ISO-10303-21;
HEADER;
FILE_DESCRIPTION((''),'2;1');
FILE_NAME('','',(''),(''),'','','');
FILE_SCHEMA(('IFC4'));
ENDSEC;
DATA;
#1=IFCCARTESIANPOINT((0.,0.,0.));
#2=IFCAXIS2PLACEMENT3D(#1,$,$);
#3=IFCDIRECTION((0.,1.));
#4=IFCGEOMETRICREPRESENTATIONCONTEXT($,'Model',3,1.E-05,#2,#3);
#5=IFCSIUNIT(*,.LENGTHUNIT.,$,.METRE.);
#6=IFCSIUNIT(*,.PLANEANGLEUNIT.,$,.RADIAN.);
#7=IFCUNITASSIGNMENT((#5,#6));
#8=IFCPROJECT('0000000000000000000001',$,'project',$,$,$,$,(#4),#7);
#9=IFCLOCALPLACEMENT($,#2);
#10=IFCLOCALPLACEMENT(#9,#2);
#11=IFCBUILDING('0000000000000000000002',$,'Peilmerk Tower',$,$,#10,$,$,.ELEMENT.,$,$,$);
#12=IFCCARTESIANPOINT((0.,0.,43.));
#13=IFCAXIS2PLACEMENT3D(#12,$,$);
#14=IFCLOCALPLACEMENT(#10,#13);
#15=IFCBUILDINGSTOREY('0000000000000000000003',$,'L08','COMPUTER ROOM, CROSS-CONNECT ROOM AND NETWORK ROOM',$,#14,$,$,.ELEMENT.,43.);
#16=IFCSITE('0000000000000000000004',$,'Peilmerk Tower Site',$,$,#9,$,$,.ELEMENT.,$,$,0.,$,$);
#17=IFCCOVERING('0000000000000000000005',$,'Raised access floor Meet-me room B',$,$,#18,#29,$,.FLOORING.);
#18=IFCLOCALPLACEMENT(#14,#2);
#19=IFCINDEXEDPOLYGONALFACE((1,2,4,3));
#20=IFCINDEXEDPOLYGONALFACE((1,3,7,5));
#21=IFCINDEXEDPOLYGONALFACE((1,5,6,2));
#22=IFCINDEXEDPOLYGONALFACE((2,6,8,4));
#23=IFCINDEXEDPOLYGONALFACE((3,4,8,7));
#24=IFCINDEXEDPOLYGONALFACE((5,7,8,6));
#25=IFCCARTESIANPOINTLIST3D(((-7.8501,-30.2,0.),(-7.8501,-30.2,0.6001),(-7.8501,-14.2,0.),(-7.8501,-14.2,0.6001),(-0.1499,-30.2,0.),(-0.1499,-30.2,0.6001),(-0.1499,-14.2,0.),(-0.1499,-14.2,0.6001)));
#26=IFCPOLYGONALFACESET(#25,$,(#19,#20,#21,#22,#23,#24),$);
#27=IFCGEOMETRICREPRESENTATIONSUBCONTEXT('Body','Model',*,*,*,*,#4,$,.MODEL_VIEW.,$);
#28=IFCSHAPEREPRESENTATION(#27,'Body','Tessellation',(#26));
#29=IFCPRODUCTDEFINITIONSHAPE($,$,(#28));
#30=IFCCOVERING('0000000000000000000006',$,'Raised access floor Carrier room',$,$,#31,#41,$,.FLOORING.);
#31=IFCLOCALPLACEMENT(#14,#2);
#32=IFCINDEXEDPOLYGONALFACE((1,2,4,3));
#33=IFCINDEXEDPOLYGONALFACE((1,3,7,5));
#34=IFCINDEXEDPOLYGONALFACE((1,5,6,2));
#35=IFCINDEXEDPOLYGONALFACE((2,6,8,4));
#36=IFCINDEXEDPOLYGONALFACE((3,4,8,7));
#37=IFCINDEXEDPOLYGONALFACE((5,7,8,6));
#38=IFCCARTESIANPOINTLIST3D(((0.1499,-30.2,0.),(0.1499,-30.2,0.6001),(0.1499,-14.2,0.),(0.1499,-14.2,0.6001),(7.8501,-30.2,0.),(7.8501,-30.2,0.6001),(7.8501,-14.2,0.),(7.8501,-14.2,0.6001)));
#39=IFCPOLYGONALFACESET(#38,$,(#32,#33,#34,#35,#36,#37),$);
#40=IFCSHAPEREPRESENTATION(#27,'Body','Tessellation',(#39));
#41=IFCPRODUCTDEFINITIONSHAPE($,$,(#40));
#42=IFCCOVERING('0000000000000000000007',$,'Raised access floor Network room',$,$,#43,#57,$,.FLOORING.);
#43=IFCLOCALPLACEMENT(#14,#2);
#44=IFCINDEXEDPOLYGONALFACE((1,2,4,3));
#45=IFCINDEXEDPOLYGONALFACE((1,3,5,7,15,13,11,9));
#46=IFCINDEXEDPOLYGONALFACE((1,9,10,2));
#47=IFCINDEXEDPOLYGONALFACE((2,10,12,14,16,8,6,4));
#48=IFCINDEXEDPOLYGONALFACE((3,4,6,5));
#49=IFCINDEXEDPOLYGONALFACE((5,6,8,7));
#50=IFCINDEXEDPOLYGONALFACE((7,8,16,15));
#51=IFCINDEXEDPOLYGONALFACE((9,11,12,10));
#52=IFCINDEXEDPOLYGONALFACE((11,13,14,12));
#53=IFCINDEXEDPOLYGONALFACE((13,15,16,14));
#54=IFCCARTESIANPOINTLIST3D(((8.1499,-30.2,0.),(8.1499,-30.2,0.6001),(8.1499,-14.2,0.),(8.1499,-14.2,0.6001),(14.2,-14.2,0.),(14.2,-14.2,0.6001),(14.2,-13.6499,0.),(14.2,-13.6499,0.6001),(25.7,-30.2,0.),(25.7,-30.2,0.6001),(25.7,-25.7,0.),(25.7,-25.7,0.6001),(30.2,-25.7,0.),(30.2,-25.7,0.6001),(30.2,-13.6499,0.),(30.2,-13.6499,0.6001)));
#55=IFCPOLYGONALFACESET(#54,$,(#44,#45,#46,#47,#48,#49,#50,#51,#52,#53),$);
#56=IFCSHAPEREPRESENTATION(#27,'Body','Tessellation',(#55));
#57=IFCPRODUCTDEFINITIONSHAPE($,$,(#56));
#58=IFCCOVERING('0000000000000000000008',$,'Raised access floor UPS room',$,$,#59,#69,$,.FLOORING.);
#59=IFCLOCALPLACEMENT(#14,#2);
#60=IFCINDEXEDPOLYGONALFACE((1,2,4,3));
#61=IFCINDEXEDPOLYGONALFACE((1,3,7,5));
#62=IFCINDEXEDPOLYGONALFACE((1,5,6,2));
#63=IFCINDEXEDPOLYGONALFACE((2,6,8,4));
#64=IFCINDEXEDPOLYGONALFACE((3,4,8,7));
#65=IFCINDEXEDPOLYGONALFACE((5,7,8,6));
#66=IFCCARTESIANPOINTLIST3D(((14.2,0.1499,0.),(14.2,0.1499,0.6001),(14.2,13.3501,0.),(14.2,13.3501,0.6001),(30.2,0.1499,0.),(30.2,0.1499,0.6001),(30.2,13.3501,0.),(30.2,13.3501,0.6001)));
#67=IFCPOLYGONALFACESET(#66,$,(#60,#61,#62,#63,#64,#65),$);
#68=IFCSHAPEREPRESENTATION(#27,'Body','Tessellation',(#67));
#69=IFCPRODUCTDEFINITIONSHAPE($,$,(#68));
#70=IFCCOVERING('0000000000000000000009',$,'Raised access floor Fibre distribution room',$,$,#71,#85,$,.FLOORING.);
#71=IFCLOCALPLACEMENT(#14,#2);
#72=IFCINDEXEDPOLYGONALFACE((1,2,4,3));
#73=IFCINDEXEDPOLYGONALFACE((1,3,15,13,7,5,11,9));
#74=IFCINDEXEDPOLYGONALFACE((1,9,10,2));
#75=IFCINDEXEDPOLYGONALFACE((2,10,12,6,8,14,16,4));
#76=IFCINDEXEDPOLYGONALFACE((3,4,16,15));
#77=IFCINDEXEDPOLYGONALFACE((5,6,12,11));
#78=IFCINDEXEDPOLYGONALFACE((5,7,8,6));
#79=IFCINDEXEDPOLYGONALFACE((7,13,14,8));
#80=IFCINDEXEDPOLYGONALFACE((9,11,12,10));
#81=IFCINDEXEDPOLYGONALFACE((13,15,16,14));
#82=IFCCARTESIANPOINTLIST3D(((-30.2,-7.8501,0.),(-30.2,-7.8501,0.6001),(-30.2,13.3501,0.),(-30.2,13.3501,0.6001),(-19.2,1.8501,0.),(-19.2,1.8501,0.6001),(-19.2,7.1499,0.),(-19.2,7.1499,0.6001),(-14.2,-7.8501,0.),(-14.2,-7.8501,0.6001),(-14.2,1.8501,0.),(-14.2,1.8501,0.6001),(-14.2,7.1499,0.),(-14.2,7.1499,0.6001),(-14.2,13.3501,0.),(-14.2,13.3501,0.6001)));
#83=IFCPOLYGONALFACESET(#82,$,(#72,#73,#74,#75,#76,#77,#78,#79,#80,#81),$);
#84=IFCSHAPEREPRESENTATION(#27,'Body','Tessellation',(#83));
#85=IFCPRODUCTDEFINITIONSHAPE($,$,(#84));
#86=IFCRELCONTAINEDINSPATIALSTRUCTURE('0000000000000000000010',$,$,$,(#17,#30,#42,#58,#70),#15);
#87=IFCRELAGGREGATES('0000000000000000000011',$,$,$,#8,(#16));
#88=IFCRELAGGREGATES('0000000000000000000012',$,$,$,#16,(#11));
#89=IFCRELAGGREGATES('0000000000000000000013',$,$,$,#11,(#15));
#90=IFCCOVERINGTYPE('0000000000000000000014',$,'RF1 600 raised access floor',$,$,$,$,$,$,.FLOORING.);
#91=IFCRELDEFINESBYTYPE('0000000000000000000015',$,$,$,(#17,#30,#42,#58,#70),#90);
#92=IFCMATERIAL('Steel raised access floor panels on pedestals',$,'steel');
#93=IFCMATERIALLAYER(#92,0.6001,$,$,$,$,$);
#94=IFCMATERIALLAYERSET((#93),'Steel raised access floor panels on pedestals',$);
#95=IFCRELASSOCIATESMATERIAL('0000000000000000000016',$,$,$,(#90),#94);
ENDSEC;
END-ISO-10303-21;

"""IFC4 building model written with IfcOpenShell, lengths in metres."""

from ifc_helpers import new_model, si_unit, direction, frame, origin, place, context, subcontext, project, spatial, polyline, outline, extrude, material, layer, layer_set, type_object, element, save


model = new_model("IFC4")

# Units and contexts
model_context = context("Model", 3, precision=1e-05, world=origin(), true_north=direction((0.0, 1.0)))
body_context = subcontext(model_context, "Body", "Model", "MODEL_VIEW")
ifc_project = project(units=[si_unit("LENGTHUNIT", "METRE"), si_unit("PLANEANGLEUNIT", "RADIAN")], contexts=[model_context])

# Site, building, storey
site_placement = place(None, origin())
site = spatial("IfcSite", under=ifc_project, at=site_placement, Name="Peilmerk Tower Site", CompositionType="ELEMENT", RefElevation=0.0)
building_placement = place(site_placement, origin())
building = spatial("IfcBuilding", under=site, at=building_placement, Name="Peilmerk Tower", CompositionType="ELEMENT")
storey_placement = place(building_placement, frame((0.0, 0.0, 43.0)))
storey = spatial("IfcBuildingStorey", under=building, at=storey_placement, Name="L08", Description="COMPUTER ROOM, CROSS-CONNECT ROOM AND NETWORK ROOM", CompositionType="ELEMENT", Elevation=43.0)

# Coverings
ifc_material_1 = material(Name="Steel raised access floor panels on pedestals", Category="steel")
ifc_layer_1 = layer(ifc_material_1, 0.6001)
ifc_layer_set_1 = layer_set([ifc_layer_1], Name="Steel raised access floor panels on pedestals")
covering_type_1 = type_object("IfcCoveringType", Name="RF1 600 raised access floor", PredefinedType="FLOORING", material=ifc_layer_set_1)
covering_1_placement = place(storey_placement, origin())
element("IfcCovering", 1, at=covering_1_placement, inside=storey, type_object=covering_type_1, Name="Raised access floor Meet-me room B", PredefinedType="FLOORING", context=body_context, shape_type="SweptSolid", body=[
    extrude(outline(polyline([(-7.8501, -30.2), (-0.1499, -30.2), (-0.1499, -14.2), (-7.8501, -14.2), (-7.8501, -30.2)])), origin(), (0.0, 0.0, 1.0), 0.6001),
])
covering_2_placement = place(storey_placement, origin())
element("IfcCovering", 2, at=covering_2_placement, inside=storey, type_object=covering_type_1, Name="Raised access floor Carrier room", PredefinedType="FLOORING", context=body_context, shape_type="SweptSolid", body=[
    extrude(outline(polyline([(0.1499, -30.2), (7.8501, -30.2), (7.8501, -14.2), (0.1499, -14.2), (0.1499, -30.2)])), origin(), (0.0, 0.0, 1.0), 0.6001),
])
covering_3_placement = place(storey_placement, origin())
element("IfcCovering", 3, at=covering_3_placement, inside=storey, type_object=covering_type_1, Name="Raised access floor Network room", PredefinedType="FLOORING", context=body_context, shape_type="SweptSolid", body=[
    extrude(outline(polyline([(8.1499, -30.2), (25.7, -30.2), (25.7, -25.7), (30.2, -25.7), (30.2, -13.6499), (14.2, -13.6499), (14.2, -14.2), (8.1499, -14.2), (8.1499, -30.2)])), origin(), (0.0, 0.0, 1.0), 0.6001),
])
covering_4_placement = place(storey_placement, origin())
element("IfcCovering", 4, at=covering_4_placement, inside=storey, type_object=covering_type_1, Name="Raised access floor UPS room", PredefinedType="FLOORING", context=body_context, shape_type="SweptSolid", body=[
    extrude(outline(polyline([(30.2, 0.1499), (30.2, 13.3501), (14.2, 13.3501), (14.2, 0.1499), (30.2, 0.1499)])), origin(), (0.0, 0.0, 1.0), 0.6001),
])
covering_5_placement = place(storey_placement, origin())
element("IfcCovering", 5, at=covering_5_placement, inside=storey, type_object=covering_type_1, Name="Raised access floor Fibre distribution room", PredefinedType="FLOORING", context=body_context, shape_type="SweptSolid", body=[
    extrude(outline(polyline([(-14.2, 13.3501), (-30.2, 13.3501), (-30.2, -7.8501), (-14.2, -7.8501), (-14.2, 1.8501), (-19.2, 1.8501), (-19.2, 7.1499), (-14.2, 7.1499), (-14.2, 13.3501)])), origin(), (0.0, 0.0, 1.0), 0.6001),
])

save(model, "model.ifc")
